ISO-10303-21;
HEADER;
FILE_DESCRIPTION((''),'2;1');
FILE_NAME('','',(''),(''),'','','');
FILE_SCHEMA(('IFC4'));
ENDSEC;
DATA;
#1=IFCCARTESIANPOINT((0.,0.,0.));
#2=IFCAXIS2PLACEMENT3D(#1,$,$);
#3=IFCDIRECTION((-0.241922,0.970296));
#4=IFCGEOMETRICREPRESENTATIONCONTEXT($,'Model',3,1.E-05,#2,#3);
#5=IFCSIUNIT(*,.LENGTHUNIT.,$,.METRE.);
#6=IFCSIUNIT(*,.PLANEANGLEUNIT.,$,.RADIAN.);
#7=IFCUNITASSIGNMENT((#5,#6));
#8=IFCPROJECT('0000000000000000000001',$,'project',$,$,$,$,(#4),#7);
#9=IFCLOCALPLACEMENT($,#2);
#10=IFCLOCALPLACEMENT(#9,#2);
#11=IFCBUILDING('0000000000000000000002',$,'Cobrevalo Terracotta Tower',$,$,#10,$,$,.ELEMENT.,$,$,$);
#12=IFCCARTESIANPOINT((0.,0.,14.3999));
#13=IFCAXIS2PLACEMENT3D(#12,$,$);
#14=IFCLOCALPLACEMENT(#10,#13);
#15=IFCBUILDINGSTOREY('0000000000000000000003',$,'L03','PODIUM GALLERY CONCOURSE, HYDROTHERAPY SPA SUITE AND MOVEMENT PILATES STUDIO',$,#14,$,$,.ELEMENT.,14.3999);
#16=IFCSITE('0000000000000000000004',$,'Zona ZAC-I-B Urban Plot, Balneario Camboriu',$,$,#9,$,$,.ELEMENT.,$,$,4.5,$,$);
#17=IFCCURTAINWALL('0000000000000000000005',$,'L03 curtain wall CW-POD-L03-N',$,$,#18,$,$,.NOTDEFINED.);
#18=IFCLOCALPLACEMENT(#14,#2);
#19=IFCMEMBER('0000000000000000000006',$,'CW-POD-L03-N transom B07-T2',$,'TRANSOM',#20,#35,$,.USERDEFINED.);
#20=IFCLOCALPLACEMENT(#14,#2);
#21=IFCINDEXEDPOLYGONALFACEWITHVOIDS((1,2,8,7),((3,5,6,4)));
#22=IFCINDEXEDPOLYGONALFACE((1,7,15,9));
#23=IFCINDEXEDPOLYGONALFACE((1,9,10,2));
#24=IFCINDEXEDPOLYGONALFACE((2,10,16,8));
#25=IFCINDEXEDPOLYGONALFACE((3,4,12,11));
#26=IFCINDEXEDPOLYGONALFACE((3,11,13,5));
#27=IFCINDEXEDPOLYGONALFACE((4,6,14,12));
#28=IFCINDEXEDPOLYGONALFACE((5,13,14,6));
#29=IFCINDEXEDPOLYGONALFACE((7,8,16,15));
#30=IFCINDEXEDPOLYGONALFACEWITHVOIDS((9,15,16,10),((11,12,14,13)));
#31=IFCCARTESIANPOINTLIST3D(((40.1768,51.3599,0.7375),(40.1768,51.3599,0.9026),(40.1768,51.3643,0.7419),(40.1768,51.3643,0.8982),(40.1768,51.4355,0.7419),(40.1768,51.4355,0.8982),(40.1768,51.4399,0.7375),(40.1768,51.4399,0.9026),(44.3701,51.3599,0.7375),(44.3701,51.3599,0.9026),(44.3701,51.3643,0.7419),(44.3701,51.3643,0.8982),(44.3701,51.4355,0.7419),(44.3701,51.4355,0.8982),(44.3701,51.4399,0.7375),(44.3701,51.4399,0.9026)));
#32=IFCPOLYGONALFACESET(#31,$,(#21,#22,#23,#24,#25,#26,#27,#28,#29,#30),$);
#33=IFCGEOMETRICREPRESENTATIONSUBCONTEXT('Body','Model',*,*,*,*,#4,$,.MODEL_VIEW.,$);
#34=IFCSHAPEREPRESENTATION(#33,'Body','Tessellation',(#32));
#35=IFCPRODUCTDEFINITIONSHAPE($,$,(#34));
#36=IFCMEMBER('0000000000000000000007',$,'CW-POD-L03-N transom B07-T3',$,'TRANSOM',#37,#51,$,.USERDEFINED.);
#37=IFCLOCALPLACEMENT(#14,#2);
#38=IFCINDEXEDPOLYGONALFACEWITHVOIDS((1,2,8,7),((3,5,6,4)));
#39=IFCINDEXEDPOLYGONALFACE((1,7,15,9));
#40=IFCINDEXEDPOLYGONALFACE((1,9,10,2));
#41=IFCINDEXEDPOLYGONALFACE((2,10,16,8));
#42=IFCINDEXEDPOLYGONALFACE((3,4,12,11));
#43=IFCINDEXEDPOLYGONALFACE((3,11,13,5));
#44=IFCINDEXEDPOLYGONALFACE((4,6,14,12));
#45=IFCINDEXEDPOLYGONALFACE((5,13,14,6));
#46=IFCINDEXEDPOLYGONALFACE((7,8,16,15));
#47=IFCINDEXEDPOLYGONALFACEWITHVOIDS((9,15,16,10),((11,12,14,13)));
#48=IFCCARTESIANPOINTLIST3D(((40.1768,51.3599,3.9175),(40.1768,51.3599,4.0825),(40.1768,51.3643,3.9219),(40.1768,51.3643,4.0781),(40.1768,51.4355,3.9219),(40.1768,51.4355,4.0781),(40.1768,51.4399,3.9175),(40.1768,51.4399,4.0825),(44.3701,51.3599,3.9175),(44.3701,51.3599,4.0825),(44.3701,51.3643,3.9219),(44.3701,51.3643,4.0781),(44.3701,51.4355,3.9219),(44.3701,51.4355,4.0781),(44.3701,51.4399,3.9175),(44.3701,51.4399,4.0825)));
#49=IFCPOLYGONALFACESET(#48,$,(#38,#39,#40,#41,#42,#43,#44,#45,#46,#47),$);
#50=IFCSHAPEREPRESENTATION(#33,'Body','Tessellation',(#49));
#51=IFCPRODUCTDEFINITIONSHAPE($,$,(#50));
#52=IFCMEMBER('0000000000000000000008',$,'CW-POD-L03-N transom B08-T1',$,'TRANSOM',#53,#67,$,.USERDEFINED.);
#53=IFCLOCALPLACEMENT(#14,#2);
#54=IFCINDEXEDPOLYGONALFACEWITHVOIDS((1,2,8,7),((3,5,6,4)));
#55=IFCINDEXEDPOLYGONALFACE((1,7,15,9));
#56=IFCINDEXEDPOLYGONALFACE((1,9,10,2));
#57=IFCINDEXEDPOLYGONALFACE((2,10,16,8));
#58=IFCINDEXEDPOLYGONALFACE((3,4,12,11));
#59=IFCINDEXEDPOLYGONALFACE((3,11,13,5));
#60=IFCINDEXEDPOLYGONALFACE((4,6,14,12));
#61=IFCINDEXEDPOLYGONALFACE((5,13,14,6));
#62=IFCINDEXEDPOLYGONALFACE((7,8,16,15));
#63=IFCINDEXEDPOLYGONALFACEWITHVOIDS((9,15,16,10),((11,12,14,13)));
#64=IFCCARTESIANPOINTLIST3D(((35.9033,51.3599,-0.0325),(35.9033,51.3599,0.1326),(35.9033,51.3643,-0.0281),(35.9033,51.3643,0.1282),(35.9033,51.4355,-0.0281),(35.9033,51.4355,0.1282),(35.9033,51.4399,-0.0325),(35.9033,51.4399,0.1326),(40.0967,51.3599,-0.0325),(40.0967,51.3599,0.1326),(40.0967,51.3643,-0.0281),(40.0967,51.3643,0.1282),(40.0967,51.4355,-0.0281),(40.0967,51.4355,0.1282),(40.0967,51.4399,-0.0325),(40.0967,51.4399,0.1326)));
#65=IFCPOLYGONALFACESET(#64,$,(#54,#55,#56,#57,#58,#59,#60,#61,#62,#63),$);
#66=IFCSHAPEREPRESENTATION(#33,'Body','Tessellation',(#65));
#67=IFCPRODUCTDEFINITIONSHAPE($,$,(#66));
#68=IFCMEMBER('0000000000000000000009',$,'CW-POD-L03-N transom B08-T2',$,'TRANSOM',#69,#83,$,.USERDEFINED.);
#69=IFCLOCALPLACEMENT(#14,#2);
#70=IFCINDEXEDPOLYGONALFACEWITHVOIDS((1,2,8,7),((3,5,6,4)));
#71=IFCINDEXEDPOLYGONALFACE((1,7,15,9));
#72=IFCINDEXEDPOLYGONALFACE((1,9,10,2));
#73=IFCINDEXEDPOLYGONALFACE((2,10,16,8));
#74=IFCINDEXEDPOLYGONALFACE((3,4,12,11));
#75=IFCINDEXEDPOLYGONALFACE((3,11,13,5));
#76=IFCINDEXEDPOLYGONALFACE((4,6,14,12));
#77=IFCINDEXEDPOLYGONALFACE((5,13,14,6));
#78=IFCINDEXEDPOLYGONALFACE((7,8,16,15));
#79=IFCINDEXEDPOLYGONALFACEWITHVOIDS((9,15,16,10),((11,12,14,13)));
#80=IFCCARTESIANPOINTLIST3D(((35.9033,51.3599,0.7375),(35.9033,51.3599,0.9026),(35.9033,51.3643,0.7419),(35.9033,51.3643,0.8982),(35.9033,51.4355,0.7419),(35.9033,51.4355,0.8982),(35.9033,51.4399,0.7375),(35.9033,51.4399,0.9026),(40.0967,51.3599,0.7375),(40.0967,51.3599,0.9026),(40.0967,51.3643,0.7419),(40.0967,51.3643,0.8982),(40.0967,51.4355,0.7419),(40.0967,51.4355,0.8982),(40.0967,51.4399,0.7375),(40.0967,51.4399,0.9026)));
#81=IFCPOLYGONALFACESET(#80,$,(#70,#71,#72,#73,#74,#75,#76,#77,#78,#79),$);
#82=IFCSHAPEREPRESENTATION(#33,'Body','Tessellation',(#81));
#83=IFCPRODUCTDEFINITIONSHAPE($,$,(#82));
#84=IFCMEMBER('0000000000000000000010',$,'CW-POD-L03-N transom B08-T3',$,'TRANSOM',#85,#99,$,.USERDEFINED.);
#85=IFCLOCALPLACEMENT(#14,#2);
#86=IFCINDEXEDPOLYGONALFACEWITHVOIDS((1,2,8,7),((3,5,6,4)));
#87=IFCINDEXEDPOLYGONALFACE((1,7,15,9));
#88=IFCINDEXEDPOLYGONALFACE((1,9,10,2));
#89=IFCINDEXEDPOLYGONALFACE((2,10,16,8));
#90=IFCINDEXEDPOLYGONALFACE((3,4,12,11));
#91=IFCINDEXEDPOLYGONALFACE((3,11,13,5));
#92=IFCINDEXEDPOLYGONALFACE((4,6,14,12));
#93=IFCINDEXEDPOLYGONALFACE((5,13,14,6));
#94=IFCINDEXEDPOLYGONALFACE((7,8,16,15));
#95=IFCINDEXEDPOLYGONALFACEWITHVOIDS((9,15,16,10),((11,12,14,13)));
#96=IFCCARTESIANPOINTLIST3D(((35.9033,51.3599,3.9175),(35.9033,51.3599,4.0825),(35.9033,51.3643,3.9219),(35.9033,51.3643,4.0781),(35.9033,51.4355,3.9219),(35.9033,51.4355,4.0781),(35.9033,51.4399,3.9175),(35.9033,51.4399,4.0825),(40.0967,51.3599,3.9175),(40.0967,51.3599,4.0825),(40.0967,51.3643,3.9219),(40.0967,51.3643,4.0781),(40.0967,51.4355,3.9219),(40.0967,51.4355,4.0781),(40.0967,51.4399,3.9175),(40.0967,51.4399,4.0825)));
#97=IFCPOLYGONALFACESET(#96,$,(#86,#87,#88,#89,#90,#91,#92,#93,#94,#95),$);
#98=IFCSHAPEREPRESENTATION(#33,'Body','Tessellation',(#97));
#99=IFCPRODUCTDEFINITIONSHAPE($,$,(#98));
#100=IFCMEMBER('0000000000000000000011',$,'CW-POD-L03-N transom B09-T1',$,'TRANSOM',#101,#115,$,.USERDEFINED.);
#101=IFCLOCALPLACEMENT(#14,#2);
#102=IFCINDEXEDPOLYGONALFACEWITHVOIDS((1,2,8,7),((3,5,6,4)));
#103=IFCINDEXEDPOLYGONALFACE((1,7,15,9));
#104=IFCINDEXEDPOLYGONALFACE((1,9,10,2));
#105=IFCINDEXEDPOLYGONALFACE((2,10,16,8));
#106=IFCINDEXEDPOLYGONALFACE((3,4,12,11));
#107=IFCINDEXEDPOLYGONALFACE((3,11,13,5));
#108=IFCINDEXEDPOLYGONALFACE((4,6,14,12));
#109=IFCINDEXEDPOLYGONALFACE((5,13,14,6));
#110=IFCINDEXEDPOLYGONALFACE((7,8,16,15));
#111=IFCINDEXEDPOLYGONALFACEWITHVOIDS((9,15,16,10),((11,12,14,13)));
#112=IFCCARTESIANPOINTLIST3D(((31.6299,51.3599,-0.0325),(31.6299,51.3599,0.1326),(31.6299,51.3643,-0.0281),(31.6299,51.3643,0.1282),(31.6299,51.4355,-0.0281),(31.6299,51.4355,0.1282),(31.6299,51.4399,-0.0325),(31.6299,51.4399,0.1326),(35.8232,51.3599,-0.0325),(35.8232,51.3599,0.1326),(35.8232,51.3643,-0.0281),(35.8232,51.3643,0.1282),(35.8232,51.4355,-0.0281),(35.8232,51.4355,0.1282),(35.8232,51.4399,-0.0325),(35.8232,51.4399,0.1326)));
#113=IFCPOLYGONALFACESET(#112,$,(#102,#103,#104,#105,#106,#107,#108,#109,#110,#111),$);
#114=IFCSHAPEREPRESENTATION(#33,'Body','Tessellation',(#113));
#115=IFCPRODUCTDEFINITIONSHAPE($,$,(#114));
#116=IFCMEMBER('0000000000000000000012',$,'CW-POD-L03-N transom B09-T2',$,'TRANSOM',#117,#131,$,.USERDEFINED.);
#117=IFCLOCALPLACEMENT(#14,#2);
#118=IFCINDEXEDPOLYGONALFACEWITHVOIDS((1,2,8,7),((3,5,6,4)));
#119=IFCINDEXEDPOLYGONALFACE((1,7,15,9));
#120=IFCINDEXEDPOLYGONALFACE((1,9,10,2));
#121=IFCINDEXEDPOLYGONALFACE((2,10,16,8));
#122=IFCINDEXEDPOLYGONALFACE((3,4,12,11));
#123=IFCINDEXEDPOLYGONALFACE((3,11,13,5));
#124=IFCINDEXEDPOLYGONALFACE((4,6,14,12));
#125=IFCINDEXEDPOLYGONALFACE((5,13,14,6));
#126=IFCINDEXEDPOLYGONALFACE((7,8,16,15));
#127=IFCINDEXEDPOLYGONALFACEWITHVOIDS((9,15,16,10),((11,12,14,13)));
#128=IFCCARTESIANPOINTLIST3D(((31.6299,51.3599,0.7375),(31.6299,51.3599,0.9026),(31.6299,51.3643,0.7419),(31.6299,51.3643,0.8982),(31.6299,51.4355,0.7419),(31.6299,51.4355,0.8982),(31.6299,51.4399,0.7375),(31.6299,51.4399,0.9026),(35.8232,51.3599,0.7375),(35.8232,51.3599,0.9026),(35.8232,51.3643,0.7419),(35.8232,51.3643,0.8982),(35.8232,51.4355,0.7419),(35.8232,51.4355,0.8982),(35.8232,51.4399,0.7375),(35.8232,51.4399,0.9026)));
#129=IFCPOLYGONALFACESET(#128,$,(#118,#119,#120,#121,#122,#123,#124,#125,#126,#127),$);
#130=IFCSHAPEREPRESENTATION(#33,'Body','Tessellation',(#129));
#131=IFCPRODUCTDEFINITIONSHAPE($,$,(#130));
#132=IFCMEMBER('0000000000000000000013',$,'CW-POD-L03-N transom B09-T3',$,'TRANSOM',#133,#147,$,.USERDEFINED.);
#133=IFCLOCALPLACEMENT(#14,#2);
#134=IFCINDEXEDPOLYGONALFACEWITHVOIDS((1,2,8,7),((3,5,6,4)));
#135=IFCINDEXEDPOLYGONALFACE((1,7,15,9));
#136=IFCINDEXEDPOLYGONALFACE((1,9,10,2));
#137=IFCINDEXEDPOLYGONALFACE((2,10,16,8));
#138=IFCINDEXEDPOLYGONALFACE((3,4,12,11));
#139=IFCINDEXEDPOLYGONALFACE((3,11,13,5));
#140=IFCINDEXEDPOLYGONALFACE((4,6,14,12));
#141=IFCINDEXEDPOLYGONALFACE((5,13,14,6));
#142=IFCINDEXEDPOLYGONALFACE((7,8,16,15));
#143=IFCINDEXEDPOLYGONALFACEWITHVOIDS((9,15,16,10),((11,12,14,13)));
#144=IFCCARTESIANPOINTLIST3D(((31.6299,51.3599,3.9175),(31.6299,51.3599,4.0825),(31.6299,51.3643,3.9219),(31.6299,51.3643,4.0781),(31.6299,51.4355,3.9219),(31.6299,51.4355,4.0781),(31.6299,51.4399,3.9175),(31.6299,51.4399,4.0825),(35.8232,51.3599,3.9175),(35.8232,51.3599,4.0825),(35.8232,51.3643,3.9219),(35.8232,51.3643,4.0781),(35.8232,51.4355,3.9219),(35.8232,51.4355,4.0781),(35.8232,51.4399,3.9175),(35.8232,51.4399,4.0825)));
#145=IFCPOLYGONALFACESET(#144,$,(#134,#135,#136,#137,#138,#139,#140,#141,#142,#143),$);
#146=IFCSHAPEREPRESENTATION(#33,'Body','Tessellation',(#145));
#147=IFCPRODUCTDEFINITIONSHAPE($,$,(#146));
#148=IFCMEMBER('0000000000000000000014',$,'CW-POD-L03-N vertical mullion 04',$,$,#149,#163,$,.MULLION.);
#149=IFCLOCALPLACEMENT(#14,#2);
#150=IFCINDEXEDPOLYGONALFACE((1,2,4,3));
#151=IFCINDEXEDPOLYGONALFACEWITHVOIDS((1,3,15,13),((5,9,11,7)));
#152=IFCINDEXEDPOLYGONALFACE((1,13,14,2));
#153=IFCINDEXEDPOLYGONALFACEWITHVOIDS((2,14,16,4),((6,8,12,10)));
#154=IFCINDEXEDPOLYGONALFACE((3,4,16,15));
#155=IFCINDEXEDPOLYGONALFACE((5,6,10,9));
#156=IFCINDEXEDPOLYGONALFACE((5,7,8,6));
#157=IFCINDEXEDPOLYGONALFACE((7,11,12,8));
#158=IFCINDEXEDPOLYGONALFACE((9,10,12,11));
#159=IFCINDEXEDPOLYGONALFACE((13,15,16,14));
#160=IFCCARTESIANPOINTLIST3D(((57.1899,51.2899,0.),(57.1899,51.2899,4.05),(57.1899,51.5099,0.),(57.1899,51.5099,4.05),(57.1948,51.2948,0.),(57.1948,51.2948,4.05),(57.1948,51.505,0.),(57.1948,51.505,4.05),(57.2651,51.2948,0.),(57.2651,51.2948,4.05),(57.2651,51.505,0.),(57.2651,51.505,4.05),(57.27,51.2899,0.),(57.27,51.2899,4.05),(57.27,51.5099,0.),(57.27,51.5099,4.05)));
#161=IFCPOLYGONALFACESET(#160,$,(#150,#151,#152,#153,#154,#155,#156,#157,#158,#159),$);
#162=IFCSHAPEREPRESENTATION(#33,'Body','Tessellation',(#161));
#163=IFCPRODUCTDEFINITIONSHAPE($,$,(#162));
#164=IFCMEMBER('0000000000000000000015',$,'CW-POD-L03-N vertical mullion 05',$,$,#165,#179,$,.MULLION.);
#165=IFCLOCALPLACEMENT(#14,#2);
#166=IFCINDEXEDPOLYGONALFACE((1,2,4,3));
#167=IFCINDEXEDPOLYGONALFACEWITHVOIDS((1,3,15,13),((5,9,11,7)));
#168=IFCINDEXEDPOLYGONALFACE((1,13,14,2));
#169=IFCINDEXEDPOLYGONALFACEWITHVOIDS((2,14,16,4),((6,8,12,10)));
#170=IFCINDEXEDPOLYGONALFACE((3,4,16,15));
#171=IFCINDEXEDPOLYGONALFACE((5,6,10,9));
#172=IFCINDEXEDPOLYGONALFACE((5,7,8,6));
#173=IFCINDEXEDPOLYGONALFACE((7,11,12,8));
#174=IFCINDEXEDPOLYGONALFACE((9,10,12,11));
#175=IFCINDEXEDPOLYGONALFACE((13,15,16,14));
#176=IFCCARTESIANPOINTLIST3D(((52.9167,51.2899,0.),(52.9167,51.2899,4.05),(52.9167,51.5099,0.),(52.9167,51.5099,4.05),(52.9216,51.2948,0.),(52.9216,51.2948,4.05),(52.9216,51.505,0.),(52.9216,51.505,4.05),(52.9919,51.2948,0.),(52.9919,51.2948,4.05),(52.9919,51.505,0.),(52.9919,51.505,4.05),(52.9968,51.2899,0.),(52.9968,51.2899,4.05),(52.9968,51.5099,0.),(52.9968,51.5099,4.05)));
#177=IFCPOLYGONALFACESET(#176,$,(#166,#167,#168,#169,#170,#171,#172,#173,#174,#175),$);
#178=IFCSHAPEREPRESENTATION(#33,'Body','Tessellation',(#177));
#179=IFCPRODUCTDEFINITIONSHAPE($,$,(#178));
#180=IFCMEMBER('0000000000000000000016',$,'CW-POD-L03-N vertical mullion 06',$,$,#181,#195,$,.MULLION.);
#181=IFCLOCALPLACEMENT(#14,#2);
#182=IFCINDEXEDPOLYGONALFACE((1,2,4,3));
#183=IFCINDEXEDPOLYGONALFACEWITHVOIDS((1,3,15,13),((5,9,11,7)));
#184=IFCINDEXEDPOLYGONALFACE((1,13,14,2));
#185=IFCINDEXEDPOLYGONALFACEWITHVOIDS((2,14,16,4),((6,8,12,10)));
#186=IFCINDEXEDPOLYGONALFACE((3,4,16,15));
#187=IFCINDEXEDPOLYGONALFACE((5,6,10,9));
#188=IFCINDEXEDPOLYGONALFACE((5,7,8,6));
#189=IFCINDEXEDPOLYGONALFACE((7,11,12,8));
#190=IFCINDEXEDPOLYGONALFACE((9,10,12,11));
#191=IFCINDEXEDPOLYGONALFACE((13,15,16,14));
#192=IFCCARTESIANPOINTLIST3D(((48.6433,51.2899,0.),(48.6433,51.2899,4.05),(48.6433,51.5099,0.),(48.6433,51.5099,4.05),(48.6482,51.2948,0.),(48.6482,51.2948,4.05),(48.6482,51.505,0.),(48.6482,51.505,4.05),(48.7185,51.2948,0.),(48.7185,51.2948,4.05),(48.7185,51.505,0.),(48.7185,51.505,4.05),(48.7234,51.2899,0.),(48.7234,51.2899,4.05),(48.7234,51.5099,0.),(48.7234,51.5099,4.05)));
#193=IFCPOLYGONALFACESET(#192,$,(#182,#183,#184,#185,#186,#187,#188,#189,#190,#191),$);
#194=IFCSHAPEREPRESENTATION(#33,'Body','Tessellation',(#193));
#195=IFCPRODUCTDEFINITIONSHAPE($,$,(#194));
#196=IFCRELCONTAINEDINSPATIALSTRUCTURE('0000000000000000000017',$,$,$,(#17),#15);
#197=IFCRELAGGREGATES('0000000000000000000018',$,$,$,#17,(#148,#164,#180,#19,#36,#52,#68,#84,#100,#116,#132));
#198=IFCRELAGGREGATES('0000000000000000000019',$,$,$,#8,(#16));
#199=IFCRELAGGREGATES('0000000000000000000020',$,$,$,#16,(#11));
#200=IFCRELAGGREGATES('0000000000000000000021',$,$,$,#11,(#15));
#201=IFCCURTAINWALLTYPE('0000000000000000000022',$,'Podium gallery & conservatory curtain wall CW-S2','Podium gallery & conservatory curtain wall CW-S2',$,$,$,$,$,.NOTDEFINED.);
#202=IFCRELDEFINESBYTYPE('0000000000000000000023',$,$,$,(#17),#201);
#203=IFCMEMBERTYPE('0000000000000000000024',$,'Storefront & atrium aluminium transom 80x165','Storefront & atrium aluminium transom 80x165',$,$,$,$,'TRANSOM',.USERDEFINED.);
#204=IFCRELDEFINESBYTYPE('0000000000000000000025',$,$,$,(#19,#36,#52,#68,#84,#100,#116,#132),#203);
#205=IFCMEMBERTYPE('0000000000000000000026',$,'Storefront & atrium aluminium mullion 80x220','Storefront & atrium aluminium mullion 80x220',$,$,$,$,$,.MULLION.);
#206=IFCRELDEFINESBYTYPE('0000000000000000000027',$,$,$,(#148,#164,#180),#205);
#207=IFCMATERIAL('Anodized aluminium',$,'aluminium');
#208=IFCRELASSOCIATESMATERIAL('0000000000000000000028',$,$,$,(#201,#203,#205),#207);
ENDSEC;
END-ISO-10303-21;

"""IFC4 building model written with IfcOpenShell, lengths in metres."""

from ifc_helpers import new_model, si_unit, direction, frame, origin, origin_2d, place, context, subcontext, project, spatial, hollow_rectangle, extrude, source, transform, mapped, material, material_profile, profile_set, type_object, element, aggregate, save


model = new_model("IFC4")

# Units and contexts
model_context = context("Model", 3, precision=1e-05, world=origin(), true_north=direction((-0.241922, 0.970296)))
body_context = subcontext(model_context, "Body", "Model", "MODEL_VIEW")
ifc_project = project(units=[si_unit("LENGTHUNIT", "METRE"), si_unit("PLANEANGLEUNIT", "RADIAN")], contexts=[model_context])

# Site, building, storey
site_placement = place(None, origin())
site = spatial("IfcSite", under=ifc_project, at=site_placement, Name="Zona ZAC-I-B Urban Plot, Balneario Camboriu", CompositionType="ELEMENT", RefElevation=4.5)
building_placement = place(site_placement, origin())
building = spatial("IfcBuilding", under=site, at=building_placement, Name="Cobrevalo Terracotta Tower", CompositionType="ELEMENT")
storey_placement = place(building_placement, frame((0.0, 0.0, 14.3999)))
storey = spatial("IfcBuildingStorey", under=building, at=storey_placement, Name="L03", Description="PODIUM GALLERY CONCOURSE, HYDROTHERAPY SPA SUITE AND MOVEMENT PILATES STUDIO", CompositionType="ELEMENT", Elevation=14.3999)

# Curtain wall, members
ifc_material_1 = material(Name="Anodized aluminium", Category="aluminium")
curtain_wall_type = type_object("IfcCurtainWallType", Name="Podium gallery & conservatory curtain wall CW-S2", Description="Podium gallery & conservatory curtain wall CW-S2", PredefinedType="NOTDEFINED", material=ifc_material_1)
curtain_wall_placement = place(storey_placement, origin())
curtain_wall = element("IfcCurtainWall", 1, at=curtain_wall_placement, inside=storey, type_object=curtain_wall_type, Name="L03 curtain wall CW-POD-L03-N", PredefinedType="NOTDEFINED")
ifc_material_profile_1 = material_profile(ifc_material_1, hollow_rectangle(XDim=0.0801, YDim=0.165, WallThickness=0.0044, at=origin_2d()), Name="CWT 80x165")
ifc_profile_set_1 = profile_set([ifc_material_profile_1], Name="Anodized aluminium")
member_type_1 = type_object("IfcMemberType", Name="Storefront & atrium aluminium transom 80x165", Description="Storefront & atrium aluminium transom 80x165", ElementType="TRANSOM", PredefinedType="USERDEFINED", material=ifc_profile_set_1)
shared_shape_1 = source(origin(), body_context, "Body", "SweptSolid", [
    extrude(hollow_rectangle(XDim=0.0801, YDim=0.165, WallThickness=0.0044, at=origin_2d()), origin(), (0.0, 0.0, 1.0), 4.1934),
])
member_1_placement = place(storey_placement, frame((44.3701, 51.3999, 0.8201), z_axis=(-1.0, 0.0, 0.0), x_axis=(0.0, -1.0, 0.0)))
member_1 = element("IfcMember", 2, at=member_1_placement, type_object=member_type_1, Name="CW-POD-L03-N transom B07-T2", ObjectType="TRANSOM", PredefinedType="USERDEFINED", context=body_context, shape_type="MappedRepresentation", body=[
    mapped(shared_shape_1, transform((0.0, 0.0, 0.0), scale=1.0)),
])
member_2_placement = place(storey_placement, frame((44.3701, 51.3999, 4.0), z_axis=(-1.0, 0.0, 0.0), x_axis=(0.0, -1.0, 0.0)))
member_2 = element("IfcMember", 3, at=member_2_placement, type_object=member_type_1, Name="CW-POD-L03-N transom B07-T3", ObjectType="TRANSOM", PredefinedType="USERDEFINED", context=body_context, shape_type="MappedRepresentation", body=[
    mapped(shared_shape_1, transform((0.0, 0.0, 0.0), scale=1.0)),
])
member_3_placement = place(storey_placement, frame((40.0967, 51.3999, 0.05), z_axis=(-1.0, 0.0, 0.0), x_axis=(0.0, -1.0, 0.0)))
member_3 = element("IfcMember", 4, at=member_3_placement, type_object=member_type_1, Name="CW-POD-L03-N transom B08-T1", ObjectType="TRANSOM", PredefinedType="USERDEFINED", context=body_context, shape_type="MappedRepresentation", body=[
    mapped(shared_shape_1, transform((0.0, 0.0, 0.0), scale=1.0)),
])
member_4_placement = place(storey_placement, frame((40.0967, 51.3999, 0.8201), z_axis=(-1.0, 0.0, 0.0), x_axis=(0.0, -1.0, 0.0)))
member_4 = element("IfcMember", 5, at=member_4_placement, type_object=member_type_1, Name="CW-POD-L03-N transom B08-T2", ObjectType="TRANSOM", PredefinedType="USERDEFINED", context=body_context, shape_type="MappedRepresentation", body=[
    mapped(shared_shape_1, transform((0.0, 0.0, 0.0), scale=1.0)),
])
member_5_placement = place(storey_placement, frame((40.0967, 51.3999, 4.0), z_axis=(-1.0, 0.0, 0.0), x_axis=(0.0, -1.0, 0.0)))
member_5 = element("IfcMember", 6, at=member_5_placement, type_object=member_type_1, Name="CW-POD-L03-N transom B08-T3", ObjectType="TRANSOM", PredefinedType="USERDEFINED", context=body_context, shape_type="MappedRepresentation", body=[
    mapped(shared_shape_1, transform((0.0, 0.0, 0.0), scale=1.0)),
])
member_6_placement = place(storey_placement, frame((35.8232, 51.3999, 0.05), z_axis=(-1.0, 0.0, 0.0), x_axis=(0.0, -1.0, 0.0)))
member_6 = element("IfcMember", 7, at=member_6_placement, type_object=member_type_1, Name="CW-POD-L03-N transom B09-T1", ObjectType="TRANSOM", PredefinedType="USERDEFINED", context=body_context, shape_type="MappedRepresentation", body=[
    mapped(shared_shape_1, transform((0.0, 0.0, 0.0), scale=1.0)),
])
member_7_placement = place(storey_placement, frame((35.8232, 51.3999, 0.8201), z_axis=(-1.0, 0.0, 0.0), x_axis=(0.0, -1.0, 0.0)))
member_7 = element("IfcMember", 8, at=member_7_placement, type_object=member_type_1, Name="CW-POD-L03-N transom B09-T2", ObjectType="TRANSOM", PredefinedType="USERDEFINED", context=body_context, shape_type="MappedRepresentation", body=[
    mapped(shared_shape_1, transform((0.0, 0.0, 0.0), scale=1.0)),
])
member_8_placement = place(storey_placement, frame((35.8232, 51.3999, 4.0), z_axis=(-1.0, 0.0, 0.0), x_axis=(0.0, -1.0, 0.0)))
member_8 = element("IfcMember", 9, at=member_8_placement, type_object=member_type_1, Name="CW-POD-L03-N transom B09-T3", ObjectType="TRANSOM", PredefinedType="USERDEFINED", context=body_context, shape_type="MappedRepresentation", body=[
    mapped(shared_shape_1, transform((0.0, 0.0, 0.0), scale=1.0)),
])
ifc_material_profile_2 = material_profile(ifc_material_1, hollow_rectangle(XDim=0.0801, YDim=0.22, WallThickness=0.0049, at=origin_2d()), Name="CWM 80x220")
ifc_profile_set_2 = profile_set([ifc_material_profile_2], Name="Anodized aluminium")
member_type_2 = type_object("IfcMemberType", Name="Storefront & atrium aluminium mullion 80x220", Description="Storefront & atrium aluminium mullion 80x220", PredefinedType="MULLION", material=ifc_profile_set_2)
shared_shape_2 = source(origin(), body_context, "Body", "SweptSolid", [
    extrude(hollow_rectangle(XDim=0.0801, YDim=0.22, WallThickness=0.0049, at=origin_2d()), origin(), (0.0, 0.0, 1.0), 4.05),
])
member_9_placement = place(storey_placement, frame((57.23, 51.3999, 0.0), z_axis=(0.0, 0.0, 1.0), x_axis=(-1.0, 0.0, 0.0)))
member_9 = element("IfcMember", 10, at=member_9_placement, type_object=member_type_2, Name="CW-POD-L03-N vertical mullion 04", PredefinedType="MULLION", context=body_context, shape_type="MappedRepresentation", body=[
    mapped(shared_shape_2, transform((0.0, 0.0, 0.0), scale=1.0)),
])
member_10_placement = place(storey_placement, frame((52.9568, 51.3999, 0.0), z_axis=(0.0, 0.0, 1.0), x_axis=(-1.0, 0.0, 0.0)))
member_10 = element("IfcMember", 11, at=member_10_placement, type_object=member_type_2, Name="CW-POD-L03-N vertical mullion 05", PredefinedType="MULLION", context=body_context, shape_type="MappedRepresentation", body=[
    mapped(shared_shape_2, transform((0.0, 0.0, 0.0), scale=1.0)),
])
member_11_placement = place(storey_placement, frame((48.6833, 51.3999, 0.0), z_axis=(0.0, 0.0, 1.0), x_axis=(-1.0, 0.0, 0.0)))
member_11 = element("IfcMember", 12, at=member_11_placement, type_object=member_type_2, Name="CW-POD-L03-N vertical mullion 06", PredefinedType="MULLION", context=body_context, shape_type="MappedRepresentation", body=[
    mapped(shared_shape_2, transform((0.0, 0.0, 0.0), scale=1.0)),
])
aggregate(curtain_wall, [member_9, member_10, member_11, member_1, member_2, member_3, member_4, member_5, member_6, member_7, member_8])

save(model, "model.ifc")
